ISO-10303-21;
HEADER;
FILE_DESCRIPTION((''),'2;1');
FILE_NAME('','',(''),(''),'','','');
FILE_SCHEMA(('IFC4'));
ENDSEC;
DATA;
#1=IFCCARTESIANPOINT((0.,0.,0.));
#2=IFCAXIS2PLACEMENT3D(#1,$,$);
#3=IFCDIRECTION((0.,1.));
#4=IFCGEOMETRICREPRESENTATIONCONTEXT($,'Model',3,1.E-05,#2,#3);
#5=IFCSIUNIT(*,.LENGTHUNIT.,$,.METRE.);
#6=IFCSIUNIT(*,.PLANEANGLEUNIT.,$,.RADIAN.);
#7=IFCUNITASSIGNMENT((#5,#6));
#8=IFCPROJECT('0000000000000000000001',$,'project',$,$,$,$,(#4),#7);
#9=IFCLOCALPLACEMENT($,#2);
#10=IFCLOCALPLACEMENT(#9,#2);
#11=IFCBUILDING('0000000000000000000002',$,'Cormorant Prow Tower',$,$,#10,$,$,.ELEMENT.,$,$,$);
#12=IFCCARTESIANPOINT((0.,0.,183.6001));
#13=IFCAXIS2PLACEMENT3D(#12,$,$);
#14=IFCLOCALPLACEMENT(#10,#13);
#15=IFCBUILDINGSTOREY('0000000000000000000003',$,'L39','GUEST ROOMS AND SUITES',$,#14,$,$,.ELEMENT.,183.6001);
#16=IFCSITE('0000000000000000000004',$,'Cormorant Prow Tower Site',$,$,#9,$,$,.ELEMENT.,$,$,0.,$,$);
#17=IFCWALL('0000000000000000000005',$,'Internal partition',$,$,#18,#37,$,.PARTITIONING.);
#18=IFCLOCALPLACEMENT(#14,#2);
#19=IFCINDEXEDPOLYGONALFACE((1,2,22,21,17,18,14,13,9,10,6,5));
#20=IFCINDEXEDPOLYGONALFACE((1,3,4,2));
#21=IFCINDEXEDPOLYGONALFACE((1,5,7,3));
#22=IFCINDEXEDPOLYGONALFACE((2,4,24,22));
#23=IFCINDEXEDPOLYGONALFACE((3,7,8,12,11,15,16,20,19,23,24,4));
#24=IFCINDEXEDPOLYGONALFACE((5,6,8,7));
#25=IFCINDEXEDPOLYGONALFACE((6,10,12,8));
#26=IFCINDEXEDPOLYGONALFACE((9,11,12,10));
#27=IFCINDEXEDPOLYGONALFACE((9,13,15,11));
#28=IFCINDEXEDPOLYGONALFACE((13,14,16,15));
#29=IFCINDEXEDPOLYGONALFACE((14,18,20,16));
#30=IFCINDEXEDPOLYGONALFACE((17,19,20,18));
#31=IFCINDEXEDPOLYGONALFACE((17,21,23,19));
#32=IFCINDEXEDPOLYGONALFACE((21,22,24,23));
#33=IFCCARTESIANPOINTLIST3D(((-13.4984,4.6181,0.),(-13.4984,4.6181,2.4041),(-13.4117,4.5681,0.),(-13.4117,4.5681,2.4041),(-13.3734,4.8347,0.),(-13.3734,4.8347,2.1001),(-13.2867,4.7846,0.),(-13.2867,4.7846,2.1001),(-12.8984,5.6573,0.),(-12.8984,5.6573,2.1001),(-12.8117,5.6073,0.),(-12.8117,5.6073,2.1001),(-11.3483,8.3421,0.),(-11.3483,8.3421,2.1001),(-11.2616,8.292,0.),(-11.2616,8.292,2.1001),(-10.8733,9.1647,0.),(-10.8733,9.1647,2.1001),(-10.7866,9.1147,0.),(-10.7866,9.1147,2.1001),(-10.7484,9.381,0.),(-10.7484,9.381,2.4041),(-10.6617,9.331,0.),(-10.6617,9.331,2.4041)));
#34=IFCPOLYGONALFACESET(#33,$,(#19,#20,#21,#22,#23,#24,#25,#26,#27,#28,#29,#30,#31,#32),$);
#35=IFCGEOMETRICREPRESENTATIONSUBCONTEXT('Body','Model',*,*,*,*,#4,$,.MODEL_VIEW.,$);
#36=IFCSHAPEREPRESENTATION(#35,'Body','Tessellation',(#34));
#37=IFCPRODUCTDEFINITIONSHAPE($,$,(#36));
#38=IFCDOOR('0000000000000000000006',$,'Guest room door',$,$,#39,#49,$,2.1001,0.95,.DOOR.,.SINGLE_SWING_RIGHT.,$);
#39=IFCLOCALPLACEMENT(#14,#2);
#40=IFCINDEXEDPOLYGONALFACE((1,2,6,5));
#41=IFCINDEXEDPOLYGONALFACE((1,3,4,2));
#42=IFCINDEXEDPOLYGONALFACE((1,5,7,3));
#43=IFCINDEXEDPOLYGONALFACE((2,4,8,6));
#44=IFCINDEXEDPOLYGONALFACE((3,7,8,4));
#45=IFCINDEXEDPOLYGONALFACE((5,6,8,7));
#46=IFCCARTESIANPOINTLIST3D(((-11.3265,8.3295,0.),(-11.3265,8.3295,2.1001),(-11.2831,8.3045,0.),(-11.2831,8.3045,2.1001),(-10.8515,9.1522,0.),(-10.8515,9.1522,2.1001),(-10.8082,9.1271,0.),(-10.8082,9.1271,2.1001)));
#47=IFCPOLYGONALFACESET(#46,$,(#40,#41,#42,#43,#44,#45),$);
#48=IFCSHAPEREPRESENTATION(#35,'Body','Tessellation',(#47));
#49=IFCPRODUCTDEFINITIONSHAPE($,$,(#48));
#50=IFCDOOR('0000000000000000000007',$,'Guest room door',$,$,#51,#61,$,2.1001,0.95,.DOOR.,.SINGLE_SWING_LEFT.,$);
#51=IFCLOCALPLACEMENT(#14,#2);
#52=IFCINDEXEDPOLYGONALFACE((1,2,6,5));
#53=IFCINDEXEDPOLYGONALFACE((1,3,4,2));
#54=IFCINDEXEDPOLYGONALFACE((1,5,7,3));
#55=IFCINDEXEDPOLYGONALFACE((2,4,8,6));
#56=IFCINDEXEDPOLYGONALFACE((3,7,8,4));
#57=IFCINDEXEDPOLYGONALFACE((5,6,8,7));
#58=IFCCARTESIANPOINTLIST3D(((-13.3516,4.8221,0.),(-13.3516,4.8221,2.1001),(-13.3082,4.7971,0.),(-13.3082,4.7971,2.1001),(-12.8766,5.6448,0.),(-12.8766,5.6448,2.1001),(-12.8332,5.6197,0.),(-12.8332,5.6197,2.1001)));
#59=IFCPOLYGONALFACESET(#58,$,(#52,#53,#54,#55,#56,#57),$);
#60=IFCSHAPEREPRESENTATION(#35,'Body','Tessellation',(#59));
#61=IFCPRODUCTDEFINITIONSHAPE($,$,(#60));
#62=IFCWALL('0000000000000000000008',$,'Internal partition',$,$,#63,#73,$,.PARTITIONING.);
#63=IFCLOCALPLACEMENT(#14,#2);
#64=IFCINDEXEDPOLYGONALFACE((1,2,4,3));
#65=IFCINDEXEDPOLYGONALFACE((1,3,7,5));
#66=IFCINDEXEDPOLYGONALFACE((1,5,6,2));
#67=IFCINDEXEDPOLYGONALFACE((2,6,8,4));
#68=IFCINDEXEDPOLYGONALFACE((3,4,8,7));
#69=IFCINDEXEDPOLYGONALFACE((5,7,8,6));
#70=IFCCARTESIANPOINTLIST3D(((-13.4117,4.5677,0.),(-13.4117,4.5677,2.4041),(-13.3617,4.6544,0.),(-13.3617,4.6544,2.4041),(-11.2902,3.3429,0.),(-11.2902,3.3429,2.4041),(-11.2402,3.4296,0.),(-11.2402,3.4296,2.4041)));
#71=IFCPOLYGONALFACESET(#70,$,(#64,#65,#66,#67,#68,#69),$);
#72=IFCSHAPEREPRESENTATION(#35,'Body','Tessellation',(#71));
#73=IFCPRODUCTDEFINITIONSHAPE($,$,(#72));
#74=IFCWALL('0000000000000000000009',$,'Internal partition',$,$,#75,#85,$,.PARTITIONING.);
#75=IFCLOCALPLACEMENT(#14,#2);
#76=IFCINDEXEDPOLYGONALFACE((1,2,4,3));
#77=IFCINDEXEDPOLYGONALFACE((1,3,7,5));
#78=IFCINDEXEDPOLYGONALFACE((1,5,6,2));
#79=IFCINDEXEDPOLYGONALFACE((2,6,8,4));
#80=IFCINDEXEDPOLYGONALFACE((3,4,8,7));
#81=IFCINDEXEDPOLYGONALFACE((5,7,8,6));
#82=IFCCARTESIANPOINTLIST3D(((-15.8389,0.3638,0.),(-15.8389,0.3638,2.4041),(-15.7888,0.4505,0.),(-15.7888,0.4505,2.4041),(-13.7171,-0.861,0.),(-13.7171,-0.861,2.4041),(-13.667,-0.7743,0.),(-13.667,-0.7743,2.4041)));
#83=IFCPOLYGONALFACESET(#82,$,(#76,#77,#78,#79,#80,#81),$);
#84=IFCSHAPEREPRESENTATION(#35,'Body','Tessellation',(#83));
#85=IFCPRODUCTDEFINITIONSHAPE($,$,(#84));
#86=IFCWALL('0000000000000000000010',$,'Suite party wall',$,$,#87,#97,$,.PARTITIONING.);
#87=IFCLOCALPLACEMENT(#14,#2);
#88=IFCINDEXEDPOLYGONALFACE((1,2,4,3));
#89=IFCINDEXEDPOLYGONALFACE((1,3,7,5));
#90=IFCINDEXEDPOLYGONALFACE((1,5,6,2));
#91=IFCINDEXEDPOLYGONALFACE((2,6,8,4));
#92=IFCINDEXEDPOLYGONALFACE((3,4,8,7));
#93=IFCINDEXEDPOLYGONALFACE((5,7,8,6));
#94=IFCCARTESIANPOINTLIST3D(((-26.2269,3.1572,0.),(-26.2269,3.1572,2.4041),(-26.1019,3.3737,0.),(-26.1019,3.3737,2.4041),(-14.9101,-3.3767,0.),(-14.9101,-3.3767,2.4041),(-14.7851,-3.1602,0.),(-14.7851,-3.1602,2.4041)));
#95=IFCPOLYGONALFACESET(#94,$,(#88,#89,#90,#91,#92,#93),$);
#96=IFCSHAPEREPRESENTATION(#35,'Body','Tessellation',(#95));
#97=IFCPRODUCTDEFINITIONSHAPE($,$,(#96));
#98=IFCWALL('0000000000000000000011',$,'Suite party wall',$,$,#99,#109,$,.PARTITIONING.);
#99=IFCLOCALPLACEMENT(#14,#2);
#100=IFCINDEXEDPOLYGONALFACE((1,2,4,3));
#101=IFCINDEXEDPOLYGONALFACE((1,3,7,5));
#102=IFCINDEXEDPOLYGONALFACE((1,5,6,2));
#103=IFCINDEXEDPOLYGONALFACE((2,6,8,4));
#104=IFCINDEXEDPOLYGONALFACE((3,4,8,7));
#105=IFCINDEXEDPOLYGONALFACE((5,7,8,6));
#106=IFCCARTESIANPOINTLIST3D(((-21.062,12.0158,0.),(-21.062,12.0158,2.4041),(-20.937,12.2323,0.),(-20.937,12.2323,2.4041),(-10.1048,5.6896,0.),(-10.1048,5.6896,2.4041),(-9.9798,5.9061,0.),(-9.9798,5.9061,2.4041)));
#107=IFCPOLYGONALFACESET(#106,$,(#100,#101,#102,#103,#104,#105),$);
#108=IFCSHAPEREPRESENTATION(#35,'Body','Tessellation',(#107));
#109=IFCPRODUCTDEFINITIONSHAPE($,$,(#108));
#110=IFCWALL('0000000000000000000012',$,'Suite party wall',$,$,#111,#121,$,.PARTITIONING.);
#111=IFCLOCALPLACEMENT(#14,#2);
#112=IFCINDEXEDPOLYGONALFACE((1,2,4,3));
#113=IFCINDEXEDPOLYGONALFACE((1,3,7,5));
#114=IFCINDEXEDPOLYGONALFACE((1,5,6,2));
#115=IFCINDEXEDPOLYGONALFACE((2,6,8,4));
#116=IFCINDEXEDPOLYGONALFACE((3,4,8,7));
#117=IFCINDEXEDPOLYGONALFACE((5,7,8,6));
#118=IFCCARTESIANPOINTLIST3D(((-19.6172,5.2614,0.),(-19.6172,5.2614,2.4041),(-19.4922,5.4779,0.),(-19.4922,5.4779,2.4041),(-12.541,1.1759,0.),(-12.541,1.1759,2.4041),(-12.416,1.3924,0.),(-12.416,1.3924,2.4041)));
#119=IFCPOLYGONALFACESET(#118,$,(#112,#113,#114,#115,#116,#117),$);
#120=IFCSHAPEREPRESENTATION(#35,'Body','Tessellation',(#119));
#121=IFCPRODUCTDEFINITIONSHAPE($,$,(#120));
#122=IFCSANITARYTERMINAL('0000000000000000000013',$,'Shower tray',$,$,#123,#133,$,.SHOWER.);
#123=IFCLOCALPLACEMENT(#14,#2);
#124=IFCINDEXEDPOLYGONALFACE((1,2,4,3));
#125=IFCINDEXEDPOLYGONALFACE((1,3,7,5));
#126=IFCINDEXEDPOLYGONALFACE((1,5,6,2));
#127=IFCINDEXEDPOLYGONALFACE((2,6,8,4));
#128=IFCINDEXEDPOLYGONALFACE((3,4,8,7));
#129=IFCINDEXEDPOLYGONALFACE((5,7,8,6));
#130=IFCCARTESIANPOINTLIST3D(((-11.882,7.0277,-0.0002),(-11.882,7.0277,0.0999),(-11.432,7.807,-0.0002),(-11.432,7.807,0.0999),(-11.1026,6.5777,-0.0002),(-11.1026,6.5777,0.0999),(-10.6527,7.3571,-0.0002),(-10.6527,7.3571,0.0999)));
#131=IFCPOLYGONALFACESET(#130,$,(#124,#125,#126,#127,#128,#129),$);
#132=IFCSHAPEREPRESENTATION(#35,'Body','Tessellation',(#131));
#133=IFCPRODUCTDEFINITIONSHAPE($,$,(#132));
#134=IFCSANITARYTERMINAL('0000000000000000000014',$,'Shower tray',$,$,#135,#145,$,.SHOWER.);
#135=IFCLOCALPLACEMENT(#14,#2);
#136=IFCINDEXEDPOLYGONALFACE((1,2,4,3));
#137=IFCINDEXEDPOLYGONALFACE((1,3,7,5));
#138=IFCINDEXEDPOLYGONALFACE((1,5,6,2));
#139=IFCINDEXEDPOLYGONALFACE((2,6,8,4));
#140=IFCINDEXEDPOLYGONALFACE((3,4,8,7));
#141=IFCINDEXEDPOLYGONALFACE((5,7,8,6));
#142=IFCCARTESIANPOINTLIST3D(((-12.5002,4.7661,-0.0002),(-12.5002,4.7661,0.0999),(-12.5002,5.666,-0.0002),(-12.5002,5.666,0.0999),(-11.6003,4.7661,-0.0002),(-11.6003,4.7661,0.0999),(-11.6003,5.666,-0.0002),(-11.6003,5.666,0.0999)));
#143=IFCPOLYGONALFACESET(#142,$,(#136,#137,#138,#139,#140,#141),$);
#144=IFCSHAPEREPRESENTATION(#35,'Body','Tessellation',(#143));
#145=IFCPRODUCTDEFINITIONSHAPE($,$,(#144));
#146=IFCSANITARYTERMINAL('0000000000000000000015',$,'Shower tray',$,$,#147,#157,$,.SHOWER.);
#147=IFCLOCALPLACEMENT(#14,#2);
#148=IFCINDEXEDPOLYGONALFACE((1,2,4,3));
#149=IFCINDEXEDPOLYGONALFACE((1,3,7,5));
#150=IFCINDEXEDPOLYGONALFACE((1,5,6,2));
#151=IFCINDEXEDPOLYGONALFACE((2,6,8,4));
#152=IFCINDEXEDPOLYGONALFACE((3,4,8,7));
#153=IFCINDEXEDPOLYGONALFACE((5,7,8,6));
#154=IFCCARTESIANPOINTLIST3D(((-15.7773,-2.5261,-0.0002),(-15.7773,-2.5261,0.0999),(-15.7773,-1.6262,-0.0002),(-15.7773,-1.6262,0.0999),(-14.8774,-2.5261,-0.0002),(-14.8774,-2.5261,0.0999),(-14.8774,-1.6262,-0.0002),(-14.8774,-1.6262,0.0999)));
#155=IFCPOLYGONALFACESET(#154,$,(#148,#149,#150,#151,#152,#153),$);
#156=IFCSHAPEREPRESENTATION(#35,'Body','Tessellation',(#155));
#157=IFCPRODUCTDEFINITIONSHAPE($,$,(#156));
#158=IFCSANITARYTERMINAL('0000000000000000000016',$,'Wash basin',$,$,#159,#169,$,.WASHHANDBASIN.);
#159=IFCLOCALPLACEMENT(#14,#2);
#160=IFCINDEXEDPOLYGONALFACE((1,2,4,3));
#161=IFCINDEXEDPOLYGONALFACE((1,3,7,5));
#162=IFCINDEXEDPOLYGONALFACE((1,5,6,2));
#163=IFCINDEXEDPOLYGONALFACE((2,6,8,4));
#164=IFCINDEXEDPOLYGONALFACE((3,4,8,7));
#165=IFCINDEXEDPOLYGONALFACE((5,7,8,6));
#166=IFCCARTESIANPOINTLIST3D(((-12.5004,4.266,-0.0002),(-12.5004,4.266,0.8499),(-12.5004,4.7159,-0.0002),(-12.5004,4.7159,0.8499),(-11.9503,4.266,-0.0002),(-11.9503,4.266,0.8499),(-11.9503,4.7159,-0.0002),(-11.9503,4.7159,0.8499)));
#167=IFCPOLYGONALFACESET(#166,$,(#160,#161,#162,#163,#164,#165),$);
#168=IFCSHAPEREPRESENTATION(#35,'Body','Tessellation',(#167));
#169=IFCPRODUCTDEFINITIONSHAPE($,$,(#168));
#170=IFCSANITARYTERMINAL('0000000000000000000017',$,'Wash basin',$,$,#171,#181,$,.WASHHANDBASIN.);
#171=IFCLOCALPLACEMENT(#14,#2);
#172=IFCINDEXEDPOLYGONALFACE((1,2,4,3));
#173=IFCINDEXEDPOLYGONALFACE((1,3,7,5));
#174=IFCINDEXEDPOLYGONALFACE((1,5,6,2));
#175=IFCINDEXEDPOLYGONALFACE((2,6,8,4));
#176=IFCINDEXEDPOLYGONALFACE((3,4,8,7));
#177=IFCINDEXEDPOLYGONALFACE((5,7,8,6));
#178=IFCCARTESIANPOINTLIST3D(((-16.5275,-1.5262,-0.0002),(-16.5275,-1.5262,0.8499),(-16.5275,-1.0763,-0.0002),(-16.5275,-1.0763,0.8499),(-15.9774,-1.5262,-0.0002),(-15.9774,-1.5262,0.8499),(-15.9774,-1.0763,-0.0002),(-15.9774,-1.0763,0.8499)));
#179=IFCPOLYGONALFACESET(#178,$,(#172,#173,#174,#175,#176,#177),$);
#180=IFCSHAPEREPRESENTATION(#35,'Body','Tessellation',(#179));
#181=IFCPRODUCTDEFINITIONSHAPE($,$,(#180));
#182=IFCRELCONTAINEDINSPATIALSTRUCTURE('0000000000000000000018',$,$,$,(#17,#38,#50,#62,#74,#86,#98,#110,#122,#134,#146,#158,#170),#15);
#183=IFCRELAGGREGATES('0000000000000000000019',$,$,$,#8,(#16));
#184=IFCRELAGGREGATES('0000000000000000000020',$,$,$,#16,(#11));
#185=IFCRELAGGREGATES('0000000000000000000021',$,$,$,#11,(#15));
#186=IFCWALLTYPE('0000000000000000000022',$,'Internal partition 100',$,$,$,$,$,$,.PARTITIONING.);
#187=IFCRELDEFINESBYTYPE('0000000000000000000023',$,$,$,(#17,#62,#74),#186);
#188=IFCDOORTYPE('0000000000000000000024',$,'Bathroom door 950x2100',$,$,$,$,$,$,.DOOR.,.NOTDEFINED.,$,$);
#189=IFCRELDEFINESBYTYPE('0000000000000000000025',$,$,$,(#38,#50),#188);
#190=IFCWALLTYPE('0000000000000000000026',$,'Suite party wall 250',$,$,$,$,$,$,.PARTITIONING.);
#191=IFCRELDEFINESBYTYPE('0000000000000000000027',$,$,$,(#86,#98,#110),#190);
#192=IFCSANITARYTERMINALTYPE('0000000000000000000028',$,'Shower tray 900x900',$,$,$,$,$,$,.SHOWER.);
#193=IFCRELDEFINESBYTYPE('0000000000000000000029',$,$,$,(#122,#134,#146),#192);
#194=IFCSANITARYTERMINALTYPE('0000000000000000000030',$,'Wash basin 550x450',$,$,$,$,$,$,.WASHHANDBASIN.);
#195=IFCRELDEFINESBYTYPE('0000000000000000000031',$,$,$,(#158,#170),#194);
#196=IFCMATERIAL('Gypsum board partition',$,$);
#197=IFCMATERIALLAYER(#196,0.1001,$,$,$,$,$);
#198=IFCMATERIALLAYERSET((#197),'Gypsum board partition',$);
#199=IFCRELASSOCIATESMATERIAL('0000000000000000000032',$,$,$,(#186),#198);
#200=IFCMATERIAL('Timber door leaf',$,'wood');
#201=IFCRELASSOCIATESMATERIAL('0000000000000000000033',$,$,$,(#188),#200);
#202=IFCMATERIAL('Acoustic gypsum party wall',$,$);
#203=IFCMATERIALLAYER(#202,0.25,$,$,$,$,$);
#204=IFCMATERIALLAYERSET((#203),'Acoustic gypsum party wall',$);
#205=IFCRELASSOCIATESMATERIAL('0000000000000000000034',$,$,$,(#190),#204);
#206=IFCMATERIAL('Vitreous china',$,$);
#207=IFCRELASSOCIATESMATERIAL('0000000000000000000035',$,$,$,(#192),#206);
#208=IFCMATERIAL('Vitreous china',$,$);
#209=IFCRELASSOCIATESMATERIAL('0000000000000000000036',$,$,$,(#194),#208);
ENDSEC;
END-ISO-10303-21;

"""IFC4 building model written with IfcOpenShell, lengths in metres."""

from ifc_helpers import new_model, si_unit, direction, frame, frame_2d, origin, origin_2d, place, context, subcontext, project, spatial, rectangle, extrude, material, layer, layer_set, type_object, element, fill, save


model = new_model("IFC4")

# Units and contexts
model_context = context("Model", 3, precision=1e-05, world=origin(), true_north=direction((0.0, 1.0)))
body_context = subcontext(model_context, "Body", "Model", "MODEL_VIEW")
ifc_project = project(units=[si_unit("LENGTHUNIT", "METRE"), si_unit("PLANEANGLEUNIT", "RADIAN")], contexts=[model_context])

# Site, building, storey
site_placement = place(None, origin())
site = spatial("IfcSite", under=ifc_project, at=site_placement, Name="Cormorant Prow Tower Site", CompositionType="ELEMENT", RefElevation=0.0)
building_placement = place(site_placement, origin())
building = spatial("IfcBuilding", under=site, at=building_placement, Name="Cormorant Prow Tower", CompositionType="ELEMENT")
storey_placement = place(building_placement, frame((0.0, 0.0, 183.6001)))
storey = spatial("IfcBuildingStorey", under=building, at=storey_placement, Name="L39", Description="GUEST ROOMS AND SUITES", CompositionType="ELEMENT", Elevation=183.6001)

# Wall, openings, doors
ifc_material_1 = material(Name="Gypsum board partition")
ifc_layer_1 = layer(ifc_material_1, 0.1001)
ifc_layer_set_1 = layer_set([ifc_layer_1], Name="Gypsum board partition")
wall_type_1 = type_object("IfcWallType", Name="Internal partition 100", PredefinedType="PARTITIONING", material=ifc_layer_set_1)
wall_1_placement = place(storey_placement, frame((-13.4551, 4.593, 0.0), z_axis=(0.0, 0.0, 1.0), x_axis=(0.500016, 0.866016, 0.0)))
wall_1 = element("IfcWall", 1, at=wall_1_placement, inside=storey, type_object=wall_type_1, Name="Internal partition", PredefinedType="PARTITIONING", context=body_context, shape_type="SweptSolid", body=[
    extrude(rectangle(XDim=5.4998, YDim=0.1001, at=frame_2d((2.75, 0.0))), origin(), (0.0, 0.0, 1.0), 2.4041),
])
opening_1_placement = place(wall_1_placement, frame((4.3, 0.0, 0.0)))
opening_1 = element("IfcOpeningElement", 2, at=opening_1_placement, cuts=wall_1, PredefinedType="OPENING", context=body_context, shape_type="SweptSolid", body=[
    extrude(rectangle(XDim=0.95, YDim=2.1001, at=frame_2d((0.4751, 1.05))), frame((0.0, 0.0601, 0.0), z_axis=(0.0, -1.0, 0.0), x_axis=(1.0, 0.0, 0.0)), (0.0, 0.0, 1.0), 0.1201),
])
opening_2_placement = place(wall_1_placement, frame((0.25, 0.0, 0.0)))
opening_2 = element("IfcOpeningElement", 3, at=opening_2_placement, cuts=wall_1, PredefinedType="OPENING", context=body_context, shape_type="SweptSolid", body=[
    extrude(rectangle(XDim=0.95, YDim=2.1001, at=frame_2d((0.4751, 1.05))), frame((0.0, 0.0601, 0.0), z_axis=(0.0, -1.0, 0.0), x_axis=(1.0, 0.0, 0.0)), (0.0, 0.0, 1.0), 0.1201),
])
ifc_material_2 = material(Name="Timber door leaf", Category="wood")
door_type_1 = type_object("IfcDoorType", Name="Bathroom door 950x2100", OperationType="NOTDEFINED", PredefinedType="DOOR", material=ifc_material_2)
door_1_placement = place(opening_1_placement, origin())
door_1 = element("IfcDoor", 4, at=door_1_placement, inside=storey, type_object=door_type_1, Name="Guest room door", OperationType="SINGLE_SWING_RIGHT", OverallHeight=2.1001, OverallWidth=0.95, PredefinedType="DOOR", context=body_context, shape_type="SweptSolid", body=[
    extrude(rectangle(XDim=0.95, YDim=2.1001, at=frame_2d((0.4751, 1.05))), frame((0.0, 0.0249, 0.0), z_axis=(0.0, -1.0, 0.0), x_axis=(1.0, 0.0, 0.0)), (0.0, 0.0, 1.0), 0.05),
])
fill(opening_1, door_1)
door_2_placement = place(opening_2_placement, origin())
door_2 = element("IfcDoor", 5, at=door_2_placement, inside=storey, type_object=door_type_1, Name="Guest room door", OperationType="SINGLE_SWING_LEFT", OverallHeight=2.1001, OverallWidth=0.95, PredefinedType="DOOR", context=body_context, shape_type="SweptSolid", body=[
    extrude(rectangle(XDim=0.95, YDim=2.1001, at=frame_2d((0.4751, 1.05))), frame((0.0, 0.0249, 0.0), z_axis=(0.0, -1.0, 0.0), x_axis=(1.0, 0.0, 0.0)), (0.0, 0.0, 1.0), 0.05),
])
fill(opening_2, door_2)

# Walls
wall_2_placement = place(storey_placement, frame((-13.3867, 4.6111, 0.0), z_axis=(0.0, 0.0, 1.0), x_axis=(0.866033, -0.499987, 0.0)))
element("IfcWall", 6, at=wall_2_placement, inside=storey, type_object=wall_type_1, Name="Internal partition", PredefinedType="PARTITIONING", context=body_context, shape_type="SweptSolid", body=[
    extrude(rectangle(XDim=2.4497, YDim=0.1001, at=frame_2d((1.2249, 0.0))), origin(), (0.0, 0.0, 1.0), 2.4041),
])
wall_3_placement = place(storey_placement, frame((-15.814, 0.4072, 0.0), z_axis=(0.0, 0.0, 1.0), x_axis=(0.866058, -0.499944, 0.0)))
element("IfcWall", 7, at=wall_3_placement, inside=storey, type_object=wall_type_1, Name="Internal partition", PredefinedType="PARTITIONING", context=body_context, shape_type="SweptSolid", body=[
    extrude(rectangle(XDim=2.45, YDim=0.1001, at=frame_2d((1.2251, 0.0))), origin(), (0.0, 0.0, 1.0), 2.4041),
])
ifc_material_3 = material(Name="Acoustic gypsum party wall")
ifc_layer_2 = layer(ifc_material_3, 0.25)
ifc_layer_set_2 = layer_set([ifc_layer_2], Name="Acoustic gypsum party wall")
wall_type_2 = type_object("IfcWallType", Name="Suite party wall 250", PredefinedType="PARTITIONING", material=ifc_layer_set_2)
wall_4_placement = place(storey_placement, frame((-26.1643, 3.2654, 0.0), z_axis=(0.0, 0.0, 1.0), x_axis=(0.866021, -0.500007, 0.0)))
element("IfcWall", 8, at=wall_4_placement, inside=storey, type_object=wall_type_2, Name="Suite party wall", PredefinedType="PARTITIONING", context=body_context, shape_type="SweptSolid", body=[
    extrude(rectangle(XDim=13.0676, YDim=0.25, at=frame_2d((6.5337, 0.0))), origin(), (0.0, 0.0, 1.0), 2.4041),
])
wall_5_placement = place(storey_placement, frame((-20.9995, 12.124, 0.0), z_axis=(0.0, 0.0, 1.0), x_axis=(0.866026, -0.499999, 0.0)))
element("IfcWall", 9, at=wall_5_placement, inside=storey, type_object=wall_type_2, Name="Suite party wall", PredefinedType="PARTITIONING", context=body_context, shape_type="SweptSolid", body=[
    extrude(rectangle(XDim=12.6523, YDim=0.25, at=frame_2d((6.3262, 0.0))), origin(), (0.0, 0.0, 1.0), 2.4041),
])
wall_6_placement = place(storey_placement, frame((-19.5547, 5.3696, 0.0), z_axis=(0.0, 0.0, 1.0), x_axis=(0.866024, -0.500002, 0.0)))
element("IfcWall", 10, at=wall_6_placement, inside=storey, type_object=wall_type_2, Name="Suite party wall", PredefinedType="PARTITIONING", context=body_context, shape_type="SweptSolid", body=[
    extrude(rectangle(XDim=8.1709, YDim=0.25, at=frame_2d((4.0854, 0.0))), origin(), (0.0, 0.0, 1.0), 2.4041),
])

# Sanitary terminals
ifc_material_4 = material(Name="Vitreous china")
sanitary_terminal_type_1 = type_object("IfcSanitaryTerminalType", Name="Shower tray 900x900", PredefinedType="SHOWER", material=ifc_material_4)
for number, where, z_axis, x_axis, name in (
    (11, (-11.2673, 7.1924, -0.0002), (0.0, 0.0, 1.0), (0.5, 0.866025, 0.0), "Shower tray"),
    (12, (-12.0503, 5.2161, -0.0002), (0.0, 0.0, 1.0), (1.0, 0.0, 0.0), "Shower tray"),
    (13, (-15.3274, -2.0762, -0.0002), (0.0, 0.0, 1.0), (1.0, 0.0, 0.0), "Shower tray"),
):
    element("IfcSanitaryTerminal", number, at=place(storey_placement, frame(where, z_axis=z_axis, x_axis=x_axis)), inside=storey, type_object=sanitary_terminal_type_1, Name=name, PredefinedType="SHOWER", context=body_context, shape_type="SweptSolid", body=[
        extrude(rectangle(XDim=0.8999, YDim=0.8999, at=origin_2d()), origin(), (0.0, 0.0, 1.0), 0.1001),
    ])
ifc_material_5 = material(Name="Vitreous china")
sanitary_terminal_type_2 = type_object("IfcSanitaryTerminalType", Name="Wash basin 550x450", PredefinedType="WASHHANDBASIN", material=ifc_material_5)
for number, where, z_axis, x_axis, name in (
    (14, (-12.2253, 4.491, -0.0002), (0.0, 0.0, 1.0), (1.0, 0.0, 0.0), "Wash basin"),
    (15, (-16.2524, -1.3013, -0.0002), (0.0, 0.0, 1.0), (1.0, 0.0, 0.0), "Wash basin"),
):
    element("IfcSanitaryTerminal", number, at=place(storey_placement, frame(where, z_axis=z_axis, x_axis=x_axis)), inside=storey, type_object=sanitary_terminal_type_2, Name=name, PredefinedType="WASHHANDBASIN", context=body_context, shape_type="SweptSolid", body=[
        extrude(rectangle(XDim=0.55, YDim=0.45, at=origin_2d()), origin(), (0.0, 0.0, 1.0), 0.8501),
    ])

save(model, "model.ifc")
